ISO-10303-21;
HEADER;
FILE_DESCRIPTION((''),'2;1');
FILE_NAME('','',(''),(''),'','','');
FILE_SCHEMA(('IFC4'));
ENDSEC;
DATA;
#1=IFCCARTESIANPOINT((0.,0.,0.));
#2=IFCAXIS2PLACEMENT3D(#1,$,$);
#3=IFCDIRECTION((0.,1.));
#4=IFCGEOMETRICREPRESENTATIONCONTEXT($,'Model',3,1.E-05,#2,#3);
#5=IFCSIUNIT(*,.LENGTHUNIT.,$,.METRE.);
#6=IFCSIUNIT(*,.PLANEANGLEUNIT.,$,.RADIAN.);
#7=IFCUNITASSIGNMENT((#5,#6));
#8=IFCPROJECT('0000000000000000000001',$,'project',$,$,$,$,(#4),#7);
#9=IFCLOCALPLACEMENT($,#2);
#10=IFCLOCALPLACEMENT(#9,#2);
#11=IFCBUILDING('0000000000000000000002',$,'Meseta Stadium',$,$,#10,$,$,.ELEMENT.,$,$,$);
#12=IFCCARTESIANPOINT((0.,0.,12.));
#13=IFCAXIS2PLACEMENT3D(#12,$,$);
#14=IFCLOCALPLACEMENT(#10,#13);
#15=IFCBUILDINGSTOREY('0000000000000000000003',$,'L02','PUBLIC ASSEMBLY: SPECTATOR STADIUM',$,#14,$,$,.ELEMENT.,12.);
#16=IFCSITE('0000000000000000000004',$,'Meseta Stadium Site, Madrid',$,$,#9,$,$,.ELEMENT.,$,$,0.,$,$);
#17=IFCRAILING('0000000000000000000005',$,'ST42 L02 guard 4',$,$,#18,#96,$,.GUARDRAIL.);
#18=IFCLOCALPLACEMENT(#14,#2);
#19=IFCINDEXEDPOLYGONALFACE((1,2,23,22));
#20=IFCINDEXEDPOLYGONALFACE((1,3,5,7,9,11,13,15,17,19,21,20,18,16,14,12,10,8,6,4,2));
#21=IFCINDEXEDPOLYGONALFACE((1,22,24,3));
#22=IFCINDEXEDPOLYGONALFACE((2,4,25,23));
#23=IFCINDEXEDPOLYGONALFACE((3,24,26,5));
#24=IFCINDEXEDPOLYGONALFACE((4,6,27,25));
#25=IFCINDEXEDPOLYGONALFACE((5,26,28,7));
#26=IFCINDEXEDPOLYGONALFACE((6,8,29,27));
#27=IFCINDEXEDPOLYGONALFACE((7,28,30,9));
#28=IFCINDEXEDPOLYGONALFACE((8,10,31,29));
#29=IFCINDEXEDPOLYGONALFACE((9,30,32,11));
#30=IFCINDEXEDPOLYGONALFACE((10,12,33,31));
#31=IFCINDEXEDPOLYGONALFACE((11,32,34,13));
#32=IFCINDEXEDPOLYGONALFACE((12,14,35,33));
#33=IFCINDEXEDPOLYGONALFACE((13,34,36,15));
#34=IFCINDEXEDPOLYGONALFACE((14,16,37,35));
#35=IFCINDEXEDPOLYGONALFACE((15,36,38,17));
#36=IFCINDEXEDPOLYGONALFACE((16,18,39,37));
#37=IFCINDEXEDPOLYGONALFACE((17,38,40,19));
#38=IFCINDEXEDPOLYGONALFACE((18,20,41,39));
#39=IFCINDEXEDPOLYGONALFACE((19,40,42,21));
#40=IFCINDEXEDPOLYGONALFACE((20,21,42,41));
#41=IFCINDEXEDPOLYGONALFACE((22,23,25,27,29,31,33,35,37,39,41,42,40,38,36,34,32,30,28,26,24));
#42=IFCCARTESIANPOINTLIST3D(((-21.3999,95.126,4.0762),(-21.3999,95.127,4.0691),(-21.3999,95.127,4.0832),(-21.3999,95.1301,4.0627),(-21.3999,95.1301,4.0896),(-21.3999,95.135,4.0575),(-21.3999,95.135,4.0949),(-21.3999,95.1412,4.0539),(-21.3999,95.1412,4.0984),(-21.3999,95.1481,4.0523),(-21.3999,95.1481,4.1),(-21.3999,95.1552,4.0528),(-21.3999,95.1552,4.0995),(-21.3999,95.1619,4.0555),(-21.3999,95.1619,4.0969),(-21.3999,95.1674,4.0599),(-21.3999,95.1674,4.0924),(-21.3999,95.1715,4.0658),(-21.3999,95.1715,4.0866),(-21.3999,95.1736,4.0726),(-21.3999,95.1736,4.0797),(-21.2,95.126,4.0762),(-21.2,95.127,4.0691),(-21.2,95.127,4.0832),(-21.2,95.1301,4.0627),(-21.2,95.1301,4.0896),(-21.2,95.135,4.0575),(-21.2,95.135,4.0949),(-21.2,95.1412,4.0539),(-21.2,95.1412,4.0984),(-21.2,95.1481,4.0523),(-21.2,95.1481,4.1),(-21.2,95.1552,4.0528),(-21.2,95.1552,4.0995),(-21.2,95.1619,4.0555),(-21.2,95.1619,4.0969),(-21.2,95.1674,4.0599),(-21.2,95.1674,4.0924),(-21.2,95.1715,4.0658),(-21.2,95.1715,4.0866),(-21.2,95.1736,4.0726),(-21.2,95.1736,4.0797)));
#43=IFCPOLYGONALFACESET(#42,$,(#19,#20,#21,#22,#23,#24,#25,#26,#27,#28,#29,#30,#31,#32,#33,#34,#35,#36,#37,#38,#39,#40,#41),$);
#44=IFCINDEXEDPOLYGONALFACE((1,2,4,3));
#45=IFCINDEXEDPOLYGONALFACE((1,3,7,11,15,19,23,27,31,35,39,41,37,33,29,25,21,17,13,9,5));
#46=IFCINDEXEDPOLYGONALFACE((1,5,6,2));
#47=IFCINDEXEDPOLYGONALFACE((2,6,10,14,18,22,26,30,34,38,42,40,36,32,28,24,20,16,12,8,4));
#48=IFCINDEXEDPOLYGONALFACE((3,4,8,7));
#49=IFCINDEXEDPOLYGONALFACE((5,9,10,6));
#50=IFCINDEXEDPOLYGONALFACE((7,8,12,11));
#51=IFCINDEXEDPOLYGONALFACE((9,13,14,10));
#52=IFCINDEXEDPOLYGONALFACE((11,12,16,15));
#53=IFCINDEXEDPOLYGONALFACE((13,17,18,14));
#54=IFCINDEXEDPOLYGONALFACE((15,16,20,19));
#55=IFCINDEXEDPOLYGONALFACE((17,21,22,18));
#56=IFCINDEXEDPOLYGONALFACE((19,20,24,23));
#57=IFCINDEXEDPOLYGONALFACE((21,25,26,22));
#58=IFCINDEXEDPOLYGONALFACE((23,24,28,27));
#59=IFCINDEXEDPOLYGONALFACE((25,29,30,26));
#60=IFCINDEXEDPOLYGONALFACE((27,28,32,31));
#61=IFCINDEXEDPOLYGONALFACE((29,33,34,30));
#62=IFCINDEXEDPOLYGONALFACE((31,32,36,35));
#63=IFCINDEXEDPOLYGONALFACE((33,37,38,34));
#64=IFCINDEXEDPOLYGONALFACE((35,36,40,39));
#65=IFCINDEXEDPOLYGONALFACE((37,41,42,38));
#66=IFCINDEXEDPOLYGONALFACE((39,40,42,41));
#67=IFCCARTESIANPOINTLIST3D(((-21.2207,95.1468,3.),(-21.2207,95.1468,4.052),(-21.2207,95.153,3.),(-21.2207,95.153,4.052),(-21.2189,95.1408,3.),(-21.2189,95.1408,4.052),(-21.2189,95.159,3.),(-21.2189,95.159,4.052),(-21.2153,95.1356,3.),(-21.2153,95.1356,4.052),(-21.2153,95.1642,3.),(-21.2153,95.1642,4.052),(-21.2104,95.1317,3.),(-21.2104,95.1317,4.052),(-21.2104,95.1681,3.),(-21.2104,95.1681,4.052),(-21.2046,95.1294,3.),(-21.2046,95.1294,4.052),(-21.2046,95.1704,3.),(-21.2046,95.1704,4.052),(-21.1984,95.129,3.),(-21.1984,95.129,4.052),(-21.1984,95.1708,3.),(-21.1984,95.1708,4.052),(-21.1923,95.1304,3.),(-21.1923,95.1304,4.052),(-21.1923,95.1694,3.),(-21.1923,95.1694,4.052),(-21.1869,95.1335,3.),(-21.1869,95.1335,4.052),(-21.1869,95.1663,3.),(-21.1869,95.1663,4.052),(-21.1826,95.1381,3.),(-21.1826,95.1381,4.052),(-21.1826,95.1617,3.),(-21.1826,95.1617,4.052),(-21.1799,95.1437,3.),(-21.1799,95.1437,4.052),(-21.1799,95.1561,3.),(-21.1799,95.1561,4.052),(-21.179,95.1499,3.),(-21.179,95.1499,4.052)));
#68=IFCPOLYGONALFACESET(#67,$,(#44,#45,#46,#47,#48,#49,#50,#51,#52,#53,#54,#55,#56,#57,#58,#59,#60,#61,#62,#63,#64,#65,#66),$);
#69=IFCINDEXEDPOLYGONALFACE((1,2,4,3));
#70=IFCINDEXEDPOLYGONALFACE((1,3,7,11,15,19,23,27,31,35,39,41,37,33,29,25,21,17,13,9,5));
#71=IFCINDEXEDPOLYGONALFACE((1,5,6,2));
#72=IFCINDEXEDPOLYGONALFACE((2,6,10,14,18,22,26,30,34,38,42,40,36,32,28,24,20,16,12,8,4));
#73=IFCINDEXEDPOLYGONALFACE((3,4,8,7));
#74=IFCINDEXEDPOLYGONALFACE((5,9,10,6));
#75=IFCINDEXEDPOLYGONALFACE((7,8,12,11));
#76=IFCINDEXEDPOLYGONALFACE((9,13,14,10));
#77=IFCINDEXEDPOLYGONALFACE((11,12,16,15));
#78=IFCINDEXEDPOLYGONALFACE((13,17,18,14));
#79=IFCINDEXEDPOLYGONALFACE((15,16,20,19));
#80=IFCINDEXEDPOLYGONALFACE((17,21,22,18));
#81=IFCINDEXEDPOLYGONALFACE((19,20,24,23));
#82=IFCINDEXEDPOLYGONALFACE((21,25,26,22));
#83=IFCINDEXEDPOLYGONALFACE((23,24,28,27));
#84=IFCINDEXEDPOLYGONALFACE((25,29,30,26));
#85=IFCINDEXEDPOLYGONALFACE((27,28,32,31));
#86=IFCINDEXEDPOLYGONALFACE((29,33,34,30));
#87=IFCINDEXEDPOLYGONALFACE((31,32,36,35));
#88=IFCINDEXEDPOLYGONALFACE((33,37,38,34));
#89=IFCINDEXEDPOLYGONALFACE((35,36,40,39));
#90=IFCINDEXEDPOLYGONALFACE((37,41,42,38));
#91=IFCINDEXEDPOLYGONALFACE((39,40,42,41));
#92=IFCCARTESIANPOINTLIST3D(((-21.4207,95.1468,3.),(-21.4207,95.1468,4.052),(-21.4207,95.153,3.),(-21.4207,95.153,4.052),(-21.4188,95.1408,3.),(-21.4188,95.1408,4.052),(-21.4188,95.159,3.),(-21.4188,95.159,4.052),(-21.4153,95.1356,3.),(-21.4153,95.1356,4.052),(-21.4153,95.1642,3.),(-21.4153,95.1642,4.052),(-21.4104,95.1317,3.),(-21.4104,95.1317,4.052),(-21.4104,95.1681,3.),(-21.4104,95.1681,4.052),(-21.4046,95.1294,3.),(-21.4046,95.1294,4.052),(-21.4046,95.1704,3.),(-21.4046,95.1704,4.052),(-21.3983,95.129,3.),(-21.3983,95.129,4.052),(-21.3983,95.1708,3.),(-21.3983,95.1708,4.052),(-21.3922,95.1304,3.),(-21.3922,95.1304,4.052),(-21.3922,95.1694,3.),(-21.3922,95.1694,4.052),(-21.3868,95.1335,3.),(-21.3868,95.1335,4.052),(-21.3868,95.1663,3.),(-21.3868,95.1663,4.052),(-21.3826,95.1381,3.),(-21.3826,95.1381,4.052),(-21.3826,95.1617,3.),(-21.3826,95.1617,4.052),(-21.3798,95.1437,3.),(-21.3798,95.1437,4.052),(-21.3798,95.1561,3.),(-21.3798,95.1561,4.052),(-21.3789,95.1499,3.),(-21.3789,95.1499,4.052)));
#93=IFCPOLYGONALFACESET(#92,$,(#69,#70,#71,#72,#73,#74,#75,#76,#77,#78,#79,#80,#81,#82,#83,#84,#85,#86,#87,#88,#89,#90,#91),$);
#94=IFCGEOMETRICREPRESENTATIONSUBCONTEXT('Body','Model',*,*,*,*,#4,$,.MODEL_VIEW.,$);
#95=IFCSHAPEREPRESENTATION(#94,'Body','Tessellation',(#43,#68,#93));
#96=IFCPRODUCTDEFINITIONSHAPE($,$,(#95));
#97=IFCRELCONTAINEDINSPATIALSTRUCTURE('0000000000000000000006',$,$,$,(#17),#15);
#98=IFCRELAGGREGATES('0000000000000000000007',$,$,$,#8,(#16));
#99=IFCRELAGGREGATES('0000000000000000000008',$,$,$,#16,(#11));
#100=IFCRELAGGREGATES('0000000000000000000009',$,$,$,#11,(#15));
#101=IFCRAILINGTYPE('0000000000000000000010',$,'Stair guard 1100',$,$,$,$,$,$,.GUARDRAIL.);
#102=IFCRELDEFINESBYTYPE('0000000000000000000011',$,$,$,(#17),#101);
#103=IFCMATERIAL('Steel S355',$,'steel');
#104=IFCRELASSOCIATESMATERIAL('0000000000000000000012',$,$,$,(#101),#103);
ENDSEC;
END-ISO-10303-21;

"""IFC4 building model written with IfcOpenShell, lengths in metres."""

from ifc_helpers import new_model, si_unit, direction, frame, origin, origin_2d, place, context, subcontext, project, spatial, circle, extrude, material, type_object, element, save


model = new_model("IFC4")

# Units and contexts
model_context = context("Model", 3, precision=1e-05, world=origin(), true_north=direction((0.0, 1.0)))
body_context = subcontext(model_context, "Body", "Model", "MODEL_VIEW")
ifc_project = project(units=[si_unit("LENGTHUNIT", "METRE"), si_unit("PLANEANGLEUNIT", "RADIAN")], contexts=[model_context])

# Site, building, storey
site_placement = place(None, origin())
site = spatial("IfcSite", under=ifc_project, at=site_placement, Name="Meseta Stadium Site, Madrid", CompositionType="ELEMENT", RefElevation=0.0)
building_placement = place(site_placement, origin())
building = spatial("IfcBuilding", under=site, at=building_placement, Name="Meseta Stadium", CompositionType="ELEMENT")
storey_placement = place(building_placement, frame((0.0, 0.0, 12.0)))
storey = spatial("IfcBuildingStorey", under=building, at=storey_placement, Name="L02", Description="PUBLIC ASSEMBLY: SPECTATOR STADIUM", CompositionType="ELEMENT", Elevation=12.0)

# Railing
ifc_material_1 = material(Name="Steel S355", Category="steel")
railing_type_1 = type_object("IfcRailingType", Name="Stair guard 1100", PredefinedType="GUARDRAIL", material=ifc_material_1)
railing_1_placement = place(storey_placement, frame((-21.2, 95.1499, 3.0)))
element("IfcRailing", 1, at=railing_1_placement, inside=storey, type_object=railing_type_1, Name="ST42 L02 guard 4", PredefinedType="GUARDRAIL", context=body_context, shape_type="SweptSolid", body=[
    extrude(circle(Radius=0.0239, at=origin_2d()), frame((0.0, 0.0, 1.0762), z_axis=(-1.0, 0.0, 0.0), x_axis=(0.0, -1.0, 0.0)), (0.0, 0.0, 1.0), 0.2),
    extrude(circle(Radius=0.021, at=origin_2d()), origin(), (0.0, 0.0, 1.0), 1.052),
    extrude(circle(Radius=0.021, at=origin_2d()), frame((-0.2, 0.0, 0.0)), (0.0, 0.0, 1.0), 1.052),
])

save(model, "model.ifc")
